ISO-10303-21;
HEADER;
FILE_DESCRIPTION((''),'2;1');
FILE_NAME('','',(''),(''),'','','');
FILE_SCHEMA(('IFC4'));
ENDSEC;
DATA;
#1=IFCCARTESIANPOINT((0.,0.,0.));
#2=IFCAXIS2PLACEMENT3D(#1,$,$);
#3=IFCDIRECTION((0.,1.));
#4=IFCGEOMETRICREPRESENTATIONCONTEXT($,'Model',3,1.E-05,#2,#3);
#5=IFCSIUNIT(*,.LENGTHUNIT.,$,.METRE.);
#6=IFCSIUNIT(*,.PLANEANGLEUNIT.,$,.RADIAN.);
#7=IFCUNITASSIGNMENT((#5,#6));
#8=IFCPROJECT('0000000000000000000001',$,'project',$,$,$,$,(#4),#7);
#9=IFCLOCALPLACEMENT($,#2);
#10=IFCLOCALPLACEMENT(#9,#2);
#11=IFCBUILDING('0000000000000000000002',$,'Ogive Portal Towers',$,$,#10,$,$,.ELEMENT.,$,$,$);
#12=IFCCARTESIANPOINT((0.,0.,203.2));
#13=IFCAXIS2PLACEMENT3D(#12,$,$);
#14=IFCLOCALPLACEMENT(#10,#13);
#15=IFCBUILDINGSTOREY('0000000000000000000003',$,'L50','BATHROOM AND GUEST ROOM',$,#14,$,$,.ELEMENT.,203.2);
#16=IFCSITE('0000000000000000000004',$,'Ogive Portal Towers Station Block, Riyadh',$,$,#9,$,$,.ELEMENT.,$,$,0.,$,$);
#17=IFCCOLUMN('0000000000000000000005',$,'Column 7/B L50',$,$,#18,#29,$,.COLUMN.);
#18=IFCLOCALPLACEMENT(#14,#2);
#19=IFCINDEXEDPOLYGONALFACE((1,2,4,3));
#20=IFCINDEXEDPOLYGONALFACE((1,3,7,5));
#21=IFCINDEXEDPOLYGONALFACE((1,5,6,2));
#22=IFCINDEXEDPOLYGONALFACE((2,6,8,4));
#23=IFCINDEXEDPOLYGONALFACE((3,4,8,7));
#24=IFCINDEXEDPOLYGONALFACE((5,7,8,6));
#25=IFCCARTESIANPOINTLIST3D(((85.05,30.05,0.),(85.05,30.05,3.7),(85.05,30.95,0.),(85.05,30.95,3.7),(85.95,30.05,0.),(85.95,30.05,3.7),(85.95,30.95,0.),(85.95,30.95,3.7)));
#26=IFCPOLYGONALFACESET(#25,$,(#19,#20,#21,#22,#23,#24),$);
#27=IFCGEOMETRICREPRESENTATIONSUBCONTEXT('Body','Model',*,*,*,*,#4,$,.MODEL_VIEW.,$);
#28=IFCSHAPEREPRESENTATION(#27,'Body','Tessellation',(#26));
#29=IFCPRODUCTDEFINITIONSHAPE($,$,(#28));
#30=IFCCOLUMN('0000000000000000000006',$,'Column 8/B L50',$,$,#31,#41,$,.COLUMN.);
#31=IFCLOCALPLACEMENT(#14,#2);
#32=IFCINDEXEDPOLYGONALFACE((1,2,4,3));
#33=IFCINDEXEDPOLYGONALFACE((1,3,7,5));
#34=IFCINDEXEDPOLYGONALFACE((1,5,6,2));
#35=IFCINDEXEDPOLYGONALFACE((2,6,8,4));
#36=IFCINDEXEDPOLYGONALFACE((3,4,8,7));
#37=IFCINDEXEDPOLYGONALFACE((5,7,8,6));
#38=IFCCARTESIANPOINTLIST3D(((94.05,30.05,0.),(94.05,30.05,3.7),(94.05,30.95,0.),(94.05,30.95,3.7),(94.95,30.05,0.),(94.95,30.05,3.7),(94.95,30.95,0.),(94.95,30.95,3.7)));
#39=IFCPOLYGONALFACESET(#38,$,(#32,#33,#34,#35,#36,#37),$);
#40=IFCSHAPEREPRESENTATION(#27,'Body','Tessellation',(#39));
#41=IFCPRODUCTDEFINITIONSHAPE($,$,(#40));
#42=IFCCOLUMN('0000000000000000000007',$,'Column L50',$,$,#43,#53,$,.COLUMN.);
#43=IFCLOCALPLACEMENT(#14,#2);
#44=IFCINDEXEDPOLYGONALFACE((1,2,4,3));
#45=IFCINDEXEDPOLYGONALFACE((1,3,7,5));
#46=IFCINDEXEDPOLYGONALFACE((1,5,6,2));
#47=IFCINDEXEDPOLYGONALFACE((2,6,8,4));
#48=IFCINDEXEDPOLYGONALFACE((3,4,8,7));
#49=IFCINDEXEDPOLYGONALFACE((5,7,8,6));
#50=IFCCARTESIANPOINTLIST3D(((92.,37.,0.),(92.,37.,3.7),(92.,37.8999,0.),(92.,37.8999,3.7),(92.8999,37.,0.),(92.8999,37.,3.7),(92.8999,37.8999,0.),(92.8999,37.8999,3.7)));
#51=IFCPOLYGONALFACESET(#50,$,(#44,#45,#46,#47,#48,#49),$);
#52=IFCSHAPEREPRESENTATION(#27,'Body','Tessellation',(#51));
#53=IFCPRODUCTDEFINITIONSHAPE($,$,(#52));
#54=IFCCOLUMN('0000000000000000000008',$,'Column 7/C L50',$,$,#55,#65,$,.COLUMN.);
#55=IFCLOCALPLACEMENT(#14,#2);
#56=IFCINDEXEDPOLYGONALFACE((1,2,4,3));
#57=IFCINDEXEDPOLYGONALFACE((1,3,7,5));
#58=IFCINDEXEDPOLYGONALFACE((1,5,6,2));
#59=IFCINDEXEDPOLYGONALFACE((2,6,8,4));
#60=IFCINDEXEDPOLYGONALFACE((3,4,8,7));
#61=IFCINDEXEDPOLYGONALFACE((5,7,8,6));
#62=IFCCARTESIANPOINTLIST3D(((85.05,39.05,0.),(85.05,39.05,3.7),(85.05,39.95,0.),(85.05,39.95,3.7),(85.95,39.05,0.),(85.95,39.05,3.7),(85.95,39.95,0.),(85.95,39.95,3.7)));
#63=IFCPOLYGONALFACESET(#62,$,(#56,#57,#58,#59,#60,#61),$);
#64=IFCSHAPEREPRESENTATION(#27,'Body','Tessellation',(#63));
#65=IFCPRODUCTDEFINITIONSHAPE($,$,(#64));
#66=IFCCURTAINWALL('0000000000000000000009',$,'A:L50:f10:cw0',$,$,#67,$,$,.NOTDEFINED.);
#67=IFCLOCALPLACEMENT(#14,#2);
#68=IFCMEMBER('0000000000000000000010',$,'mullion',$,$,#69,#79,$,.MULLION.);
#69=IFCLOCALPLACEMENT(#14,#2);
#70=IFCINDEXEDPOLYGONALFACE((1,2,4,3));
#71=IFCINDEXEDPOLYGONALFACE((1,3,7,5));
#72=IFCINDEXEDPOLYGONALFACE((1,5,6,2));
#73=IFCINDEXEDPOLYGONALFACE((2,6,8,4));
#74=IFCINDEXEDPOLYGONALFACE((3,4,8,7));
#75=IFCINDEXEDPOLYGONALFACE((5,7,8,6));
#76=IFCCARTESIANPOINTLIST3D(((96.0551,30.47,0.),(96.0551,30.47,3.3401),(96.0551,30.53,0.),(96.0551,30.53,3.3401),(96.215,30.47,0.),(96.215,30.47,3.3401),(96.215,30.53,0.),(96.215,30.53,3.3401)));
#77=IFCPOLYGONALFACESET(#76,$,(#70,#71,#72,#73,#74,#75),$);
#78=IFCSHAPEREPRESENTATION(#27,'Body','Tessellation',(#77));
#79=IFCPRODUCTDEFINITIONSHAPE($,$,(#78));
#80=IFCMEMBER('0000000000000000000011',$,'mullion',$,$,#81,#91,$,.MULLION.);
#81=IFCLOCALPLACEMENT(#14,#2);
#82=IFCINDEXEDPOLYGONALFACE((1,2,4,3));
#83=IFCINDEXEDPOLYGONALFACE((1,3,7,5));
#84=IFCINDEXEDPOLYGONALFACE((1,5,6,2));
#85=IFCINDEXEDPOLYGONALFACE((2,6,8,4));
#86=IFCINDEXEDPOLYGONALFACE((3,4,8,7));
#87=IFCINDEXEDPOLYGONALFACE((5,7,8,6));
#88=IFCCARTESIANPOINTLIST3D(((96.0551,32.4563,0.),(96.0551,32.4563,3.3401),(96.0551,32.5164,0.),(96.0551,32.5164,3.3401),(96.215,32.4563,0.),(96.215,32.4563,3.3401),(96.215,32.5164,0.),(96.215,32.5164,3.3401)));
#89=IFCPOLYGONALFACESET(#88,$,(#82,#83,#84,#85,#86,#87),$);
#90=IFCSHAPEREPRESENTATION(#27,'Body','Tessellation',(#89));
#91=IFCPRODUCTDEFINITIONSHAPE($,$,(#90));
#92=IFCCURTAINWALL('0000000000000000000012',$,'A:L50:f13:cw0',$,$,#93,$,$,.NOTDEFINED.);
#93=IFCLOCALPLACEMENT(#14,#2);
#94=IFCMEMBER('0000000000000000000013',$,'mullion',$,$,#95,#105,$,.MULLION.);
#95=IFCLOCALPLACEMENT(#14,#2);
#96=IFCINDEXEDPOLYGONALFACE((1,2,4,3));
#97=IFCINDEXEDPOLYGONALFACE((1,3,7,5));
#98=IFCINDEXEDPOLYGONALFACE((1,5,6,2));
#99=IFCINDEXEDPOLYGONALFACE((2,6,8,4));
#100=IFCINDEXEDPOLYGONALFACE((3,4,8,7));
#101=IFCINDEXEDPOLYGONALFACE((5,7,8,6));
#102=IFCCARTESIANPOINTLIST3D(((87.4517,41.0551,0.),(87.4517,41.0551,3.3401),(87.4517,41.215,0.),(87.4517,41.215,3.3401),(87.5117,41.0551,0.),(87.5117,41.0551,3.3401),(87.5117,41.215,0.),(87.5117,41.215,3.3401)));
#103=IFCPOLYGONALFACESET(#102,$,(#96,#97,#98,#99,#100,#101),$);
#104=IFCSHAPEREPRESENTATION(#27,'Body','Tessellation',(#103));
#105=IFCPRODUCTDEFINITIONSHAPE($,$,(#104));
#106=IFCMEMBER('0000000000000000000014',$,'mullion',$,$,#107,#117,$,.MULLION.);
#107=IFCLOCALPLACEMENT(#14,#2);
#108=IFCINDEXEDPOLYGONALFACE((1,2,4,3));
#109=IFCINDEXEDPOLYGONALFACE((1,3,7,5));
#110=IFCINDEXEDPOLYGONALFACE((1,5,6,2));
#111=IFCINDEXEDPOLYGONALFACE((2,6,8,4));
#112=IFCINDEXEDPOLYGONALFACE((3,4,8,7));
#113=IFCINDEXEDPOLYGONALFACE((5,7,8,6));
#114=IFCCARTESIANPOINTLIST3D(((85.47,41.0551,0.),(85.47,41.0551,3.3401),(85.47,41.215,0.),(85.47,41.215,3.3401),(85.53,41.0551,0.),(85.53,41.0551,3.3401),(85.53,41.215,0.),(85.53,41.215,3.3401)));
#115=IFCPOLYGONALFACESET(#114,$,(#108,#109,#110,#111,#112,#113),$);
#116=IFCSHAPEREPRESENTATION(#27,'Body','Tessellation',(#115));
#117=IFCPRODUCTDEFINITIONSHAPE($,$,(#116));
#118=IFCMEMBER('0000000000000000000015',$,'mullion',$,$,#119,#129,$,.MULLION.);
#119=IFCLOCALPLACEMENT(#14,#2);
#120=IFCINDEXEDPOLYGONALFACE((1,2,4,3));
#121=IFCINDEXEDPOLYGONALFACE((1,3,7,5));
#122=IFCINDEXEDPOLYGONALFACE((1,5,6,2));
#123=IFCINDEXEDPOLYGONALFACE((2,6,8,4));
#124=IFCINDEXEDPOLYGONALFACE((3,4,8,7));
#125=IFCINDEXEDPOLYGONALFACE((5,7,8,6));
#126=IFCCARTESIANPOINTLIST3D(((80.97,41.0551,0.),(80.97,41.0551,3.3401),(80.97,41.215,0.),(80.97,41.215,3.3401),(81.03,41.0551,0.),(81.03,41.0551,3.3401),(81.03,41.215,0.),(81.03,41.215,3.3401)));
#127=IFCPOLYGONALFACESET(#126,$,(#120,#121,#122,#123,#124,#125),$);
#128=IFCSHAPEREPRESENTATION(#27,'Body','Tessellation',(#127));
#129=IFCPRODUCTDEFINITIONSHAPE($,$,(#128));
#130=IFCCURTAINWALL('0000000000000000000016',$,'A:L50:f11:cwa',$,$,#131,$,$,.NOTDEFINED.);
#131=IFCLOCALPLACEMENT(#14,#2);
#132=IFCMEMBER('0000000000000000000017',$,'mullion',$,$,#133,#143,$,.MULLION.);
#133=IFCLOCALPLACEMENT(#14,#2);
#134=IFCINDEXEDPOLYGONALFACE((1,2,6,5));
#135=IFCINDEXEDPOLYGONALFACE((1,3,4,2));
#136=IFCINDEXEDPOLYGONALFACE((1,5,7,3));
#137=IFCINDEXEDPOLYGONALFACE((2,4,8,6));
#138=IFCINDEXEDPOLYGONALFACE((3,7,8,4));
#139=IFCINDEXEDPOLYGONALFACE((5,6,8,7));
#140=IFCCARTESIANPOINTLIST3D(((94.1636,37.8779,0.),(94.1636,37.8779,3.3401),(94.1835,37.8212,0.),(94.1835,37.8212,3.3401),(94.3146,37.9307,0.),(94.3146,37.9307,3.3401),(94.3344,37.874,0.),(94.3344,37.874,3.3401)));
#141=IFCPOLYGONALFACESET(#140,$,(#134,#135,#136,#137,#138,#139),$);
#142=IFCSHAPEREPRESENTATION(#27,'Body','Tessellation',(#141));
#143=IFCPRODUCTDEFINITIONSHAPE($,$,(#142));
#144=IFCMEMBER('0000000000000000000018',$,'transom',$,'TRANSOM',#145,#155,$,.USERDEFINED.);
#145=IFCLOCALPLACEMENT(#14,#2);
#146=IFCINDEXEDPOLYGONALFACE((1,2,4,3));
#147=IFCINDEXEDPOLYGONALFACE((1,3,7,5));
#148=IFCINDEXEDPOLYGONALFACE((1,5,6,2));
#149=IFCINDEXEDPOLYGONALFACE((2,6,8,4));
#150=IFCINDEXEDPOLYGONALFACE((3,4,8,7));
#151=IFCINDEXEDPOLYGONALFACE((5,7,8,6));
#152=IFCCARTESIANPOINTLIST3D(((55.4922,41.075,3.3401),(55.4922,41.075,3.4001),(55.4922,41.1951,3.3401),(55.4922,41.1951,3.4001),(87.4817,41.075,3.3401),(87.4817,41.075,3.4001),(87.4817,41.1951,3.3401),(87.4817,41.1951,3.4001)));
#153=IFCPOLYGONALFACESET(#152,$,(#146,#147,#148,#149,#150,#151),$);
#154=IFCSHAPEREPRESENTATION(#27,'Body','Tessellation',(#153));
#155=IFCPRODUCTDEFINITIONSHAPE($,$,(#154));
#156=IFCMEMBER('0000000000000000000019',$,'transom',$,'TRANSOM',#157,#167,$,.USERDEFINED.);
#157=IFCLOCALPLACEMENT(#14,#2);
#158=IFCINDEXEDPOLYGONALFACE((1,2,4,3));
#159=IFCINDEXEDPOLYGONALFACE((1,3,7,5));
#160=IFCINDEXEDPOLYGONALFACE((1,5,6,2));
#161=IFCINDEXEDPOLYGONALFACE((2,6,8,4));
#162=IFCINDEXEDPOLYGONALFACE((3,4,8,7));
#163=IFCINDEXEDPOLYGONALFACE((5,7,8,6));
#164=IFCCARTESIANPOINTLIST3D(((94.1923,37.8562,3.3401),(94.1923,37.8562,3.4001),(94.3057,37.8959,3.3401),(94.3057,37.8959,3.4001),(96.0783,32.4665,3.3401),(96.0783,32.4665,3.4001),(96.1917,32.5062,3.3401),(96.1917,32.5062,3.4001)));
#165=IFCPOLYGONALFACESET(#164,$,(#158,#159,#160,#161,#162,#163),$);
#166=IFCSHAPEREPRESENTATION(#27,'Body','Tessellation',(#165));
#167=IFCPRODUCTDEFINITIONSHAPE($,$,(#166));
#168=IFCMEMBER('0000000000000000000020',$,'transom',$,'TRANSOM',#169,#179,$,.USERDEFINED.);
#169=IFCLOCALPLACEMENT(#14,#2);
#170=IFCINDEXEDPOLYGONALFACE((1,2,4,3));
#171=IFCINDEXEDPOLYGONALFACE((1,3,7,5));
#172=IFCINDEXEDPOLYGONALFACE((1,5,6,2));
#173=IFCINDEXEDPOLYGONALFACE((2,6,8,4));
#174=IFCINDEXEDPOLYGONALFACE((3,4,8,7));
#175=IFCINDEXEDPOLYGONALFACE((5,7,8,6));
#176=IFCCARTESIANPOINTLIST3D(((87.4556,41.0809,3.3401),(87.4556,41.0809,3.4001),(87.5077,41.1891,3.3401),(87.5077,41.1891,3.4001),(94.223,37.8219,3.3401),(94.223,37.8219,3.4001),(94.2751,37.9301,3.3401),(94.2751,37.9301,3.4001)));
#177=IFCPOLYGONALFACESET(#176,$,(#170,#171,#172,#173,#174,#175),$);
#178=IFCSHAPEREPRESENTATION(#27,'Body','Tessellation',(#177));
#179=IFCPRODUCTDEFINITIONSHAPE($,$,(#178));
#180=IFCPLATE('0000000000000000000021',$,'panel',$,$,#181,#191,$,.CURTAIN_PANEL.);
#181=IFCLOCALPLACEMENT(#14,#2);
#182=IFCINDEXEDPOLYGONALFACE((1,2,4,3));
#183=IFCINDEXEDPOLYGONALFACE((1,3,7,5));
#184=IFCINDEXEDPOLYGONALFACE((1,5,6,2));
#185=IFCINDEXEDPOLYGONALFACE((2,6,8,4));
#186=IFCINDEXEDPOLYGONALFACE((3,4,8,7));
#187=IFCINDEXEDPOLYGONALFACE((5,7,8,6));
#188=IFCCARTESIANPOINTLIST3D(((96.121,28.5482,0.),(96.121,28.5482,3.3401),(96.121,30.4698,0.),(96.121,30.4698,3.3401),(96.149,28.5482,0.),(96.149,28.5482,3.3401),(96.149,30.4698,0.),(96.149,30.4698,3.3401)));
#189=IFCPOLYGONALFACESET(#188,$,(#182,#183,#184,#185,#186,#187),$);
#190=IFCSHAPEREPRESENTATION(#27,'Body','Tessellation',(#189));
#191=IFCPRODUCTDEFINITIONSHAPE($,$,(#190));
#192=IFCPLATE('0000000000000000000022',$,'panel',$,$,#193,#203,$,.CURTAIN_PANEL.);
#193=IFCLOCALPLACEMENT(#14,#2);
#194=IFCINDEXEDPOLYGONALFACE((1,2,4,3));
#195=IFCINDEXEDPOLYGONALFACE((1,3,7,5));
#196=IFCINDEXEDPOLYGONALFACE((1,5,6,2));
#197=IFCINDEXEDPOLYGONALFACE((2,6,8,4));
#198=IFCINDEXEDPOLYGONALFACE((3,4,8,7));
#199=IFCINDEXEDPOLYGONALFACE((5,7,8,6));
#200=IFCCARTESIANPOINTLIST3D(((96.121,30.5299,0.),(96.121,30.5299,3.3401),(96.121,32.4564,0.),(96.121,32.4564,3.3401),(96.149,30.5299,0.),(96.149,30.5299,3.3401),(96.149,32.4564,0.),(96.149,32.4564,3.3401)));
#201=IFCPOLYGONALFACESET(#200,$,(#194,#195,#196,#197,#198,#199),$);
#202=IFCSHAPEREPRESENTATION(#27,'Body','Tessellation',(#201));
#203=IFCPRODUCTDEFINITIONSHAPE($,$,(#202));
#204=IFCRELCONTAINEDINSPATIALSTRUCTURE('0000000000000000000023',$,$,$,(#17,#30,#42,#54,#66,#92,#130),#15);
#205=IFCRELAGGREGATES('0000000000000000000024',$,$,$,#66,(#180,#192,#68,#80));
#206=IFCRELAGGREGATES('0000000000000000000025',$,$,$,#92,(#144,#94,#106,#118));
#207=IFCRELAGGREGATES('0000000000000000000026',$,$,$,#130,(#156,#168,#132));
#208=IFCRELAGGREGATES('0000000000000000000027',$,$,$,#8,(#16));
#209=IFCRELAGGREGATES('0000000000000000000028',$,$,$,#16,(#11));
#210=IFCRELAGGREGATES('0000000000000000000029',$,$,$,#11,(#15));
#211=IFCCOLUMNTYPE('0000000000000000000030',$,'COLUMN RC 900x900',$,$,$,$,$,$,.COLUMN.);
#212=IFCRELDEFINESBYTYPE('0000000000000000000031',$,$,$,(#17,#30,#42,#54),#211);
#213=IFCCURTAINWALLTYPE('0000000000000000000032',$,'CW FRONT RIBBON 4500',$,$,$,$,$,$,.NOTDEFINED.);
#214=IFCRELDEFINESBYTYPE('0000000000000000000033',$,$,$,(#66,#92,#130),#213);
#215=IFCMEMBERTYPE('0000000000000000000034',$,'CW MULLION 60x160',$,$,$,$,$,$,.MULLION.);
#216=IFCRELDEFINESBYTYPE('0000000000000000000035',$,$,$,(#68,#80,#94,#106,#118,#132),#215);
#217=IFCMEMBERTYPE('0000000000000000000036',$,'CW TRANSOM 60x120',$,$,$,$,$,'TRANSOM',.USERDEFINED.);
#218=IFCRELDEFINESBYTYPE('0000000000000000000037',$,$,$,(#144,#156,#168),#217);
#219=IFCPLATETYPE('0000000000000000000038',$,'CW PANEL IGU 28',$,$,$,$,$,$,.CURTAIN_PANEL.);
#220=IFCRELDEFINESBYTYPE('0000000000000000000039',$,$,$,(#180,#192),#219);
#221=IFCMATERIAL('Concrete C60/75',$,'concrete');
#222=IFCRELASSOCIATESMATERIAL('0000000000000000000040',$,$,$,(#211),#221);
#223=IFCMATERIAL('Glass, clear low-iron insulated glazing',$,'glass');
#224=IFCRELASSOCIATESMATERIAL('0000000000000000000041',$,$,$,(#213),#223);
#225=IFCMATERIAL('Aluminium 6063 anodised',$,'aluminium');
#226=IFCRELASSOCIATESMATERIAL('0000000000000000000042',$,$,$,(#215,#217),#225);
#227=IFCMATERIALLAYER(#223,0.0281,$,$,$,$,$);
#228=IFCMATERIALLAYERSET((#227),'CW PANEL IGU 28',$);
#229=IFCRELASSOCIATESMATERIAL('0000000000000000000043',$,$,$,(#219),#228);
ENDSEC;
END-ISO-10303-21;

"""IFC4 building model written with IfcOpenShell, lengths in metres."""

from ifc_helpers import new_model, si_unit, direction, frame, origin, origin_2d, place, context, subcontext, project, spatial, rectangle, extrude, material, layer, layer_set, material_profile, profile_set, type_object, element, aggregate, save


model = new_model("IFC4")

# Units and contexts
model_context = context("Model", 3, precision=1e-05, world=origin(), true_north=direction((0.0, 1.0)))
body_context = subcontext(model_context, "Body", "Model", "MODEL_VIEW")
ifc_project = project(units=[si_unit("LENGTHUNIT", "METRE"), si_unit("PLANEANGLEUNIT", "RADIAN")], contexts=[model_context])

# Site, building, storey
site_placement = place(None, origin())
site = spatial("IfcSite", under=ifc_project, at=site_placement, Name="Ogive Portal Towers Station Block, Riyadh", CompositionType="ELEMENT", RefElevation=0.0)
building_placement = place(site_placement, origin())
building = spatial("IfcBuilding", under=site, at=building_placement, Name="Ogive Portal Towers", CompositionType="ELEMENT")
storey_placement = place(building_placement, frame((0.0, 0.0, 203.2)))
storey = spatial("IfcBuildingStorey", under=building, at=storey_placement, Name="L50", Description="BATHROOM AND GUEST ROOM", CompositionType="ELEMENT", Elevation=203.2)

# Columns
ifc_material_1 = material(Name="Concrete C60/75", Category="concrete")
ifc_material_profile_1 = material_profile(ifc_material_1, rectangle(XDim=0.8999, YDim=0.8999, at=origin_2d()), Name="RC 900x900")
ifc_profile_set_1 = profile_set([ifc_material_profile_1], Name="Concrete C60/75")
column_type = type_object("IfcColumnType", Name="COLUMN RC 900x900", PredefinedType="COLUMN", material=ifc_profile_set_1)
for number, where, z_axis, x_axis, name in (
    (1, (85.5, 30.5, 0.0), (0.0, 0.0, 1.0), (1.0, 0.0, 0.0), "Column 7/B L50"),
    (2, (94.5, 30.5, 0.0), (0.0, 0.0, 1.0), (1.0, 0.0, 0.0), "Column 8/B L50"),
    (3, (92.45, 37.45, 0.0), (0.0, 0.0, 1.0), (1.0, 0.0, 0.0), "Column L50"),
    (4, (85.5, 39.5, 0.0), (0.0, 0.0, 1.0), (1.0, 0.0, 0.0), "Column 7/C L50"),
):
    element("IfcColumn", number, at=place(storey_placement, frame(where, z_axis=z_axis, x_axis=x_axis)), inside=storey, type_object=column_type, Name=name, PredefinedType="COLUMN", context=body_context, shape_type="SweptSolid", body=[
        extrude(rectangle(XDim=0.8999, YDim=0.8999, at=origin_2d()), origin(), (0.0, 0.0, 1.0), 3.7),
    ])

# Curtain walls, members
ifc_material_2 = material(Name="Glass, clear low-iron insulated glazing", Category="glass")
curtain_wall_type = type_object("IfcCurtainWallType", Name="CW FRONT RIBBON 4500", PredefinedType="NOTDEFINED", material=ifc_material_2)
curtain_wall_1_placement = place(storey_placement, origin())
curtain_wall_1 = element("IfcCurtainWall", 5, at=curtain_wall_1_placement, inside=storey, type_object=curtain_wall_type, Name="A:L50:f10:cw0", PredefinedType="NOTDEFINED")
ifc_material_3 = material(Name="Aluminium 6063 anodised", Category="aluminium")
ifc_material_profile_2 = material_profile(ifc_material_3, rectangle(XDim=0.1599, YDim=0.0601, at=origin_2d()), Name="AL 60x160")
ifc_profile_set_2 = profile_set([ifc_material_profile_2], Name="Aluminium 6063 anodised")
member_type_1 = type_object("IfcMemberType", Name="CW MULLION 60x160", PredefinedType="MULLION", material=ifc_profile_set_2)
member_1_placement = place(storey_placement, frame((96.135, 30.5, 0.0), z_axis=(0.0, 0.0, 1.0), x_axis=(-1.0, 0.0, 0.0)))
member_1 = element("IfcMember", 6, at=member_1_placement, type_object=member_type_1, Name="mullion", PredefinedType="MULLION", context=body_context, shape_type="SweptSolid", body=[
    extrude(rectangle(XDim=0.1599, YDim=0.0601, at=origin_2d()), origin(), (0.0, 0.0, 1.0), 3.3401),
])
member_2_placement = place(storey_placement, frame((96.135, 32.4863, 0.0), z_axis=(0.0, 0.0, 1.0), x_axis=(-1.0, 0.0, 0.0)))
member_2 = element("IfcMember", 7, at=member_2_placement, type_object=member_type_1, Name="mullion", PredefinedType="MULLION", context=body_context, shape_type="SweptSolid", body=[
    extrude(rectangle(XDim=0.1599, YDim=0.0601, at=origin_2d()), origin(), (0.0, 0.0, 1.0), 3.3401),
])
curtain_wall_2_placement = place(storey_placement, origin())
curtain_wall_2 = element("IfcCurtainWall", 8, at=curtain_wall_2_placement, inside=storey, type_object=curtain_wall_type, Name="A:L50:f13:cw0", PredefinedType="NOTDEFINED")
member_3_placement = place(storey_placement, frame((87.4817, 41.135, 0.0), z_axis=(0.0, 0.0, 1.0), x_axis=(0.0, -1.0, 0.0)))
member_3 = element("IfcMember", 9, at=member_3_placement, type_object=member_type_1, Name="mullion", PredefinedType="MULLION", context=body_context, shape_type="SweptSolid", body=[
    extrude(rectangle(XDim=0.1599, YDim=0.0601, at=origin_2d()), origin(), (0.0, 0.0, 1.0), 3.3401),
])
member_4_placement = place(storey_placement, frame((85.5, 41.135, 0.0), z_axis=(0.0, 0.0, 1.0), x_axis=(0.0, -1.0, 0.0)))
member_4 = element("IfcMember", 10, at=member_4_placement, type_object=member_type_1, Name="mullion", PredefinedType="MULLION", context=body_context, shape_type="SweptSolid", body=[
    extrude(rectangle(XDim=0.1599, YDim=0.0601, at=origin_2d()), origin(), (0.0, 0.0, 1.0), 3.3401),
])
member_5_placement = place(storey_placement, frame((81.0, 41.135, 0.0), z_axis=(0.0, 0.0, 1.0), x_axis=(0.0, -1.0, 0.0)))
member_5 = element("IfcMember", 11, at=member_5_placement, type_object=member_type_1, Name="mullion", PredefinedType="MULLION", context=body_context, shape_type="SweptSolid", body=[
    extrude(rectangle(XDim=0.1599, YDim=0.0601, at=origin_2d()), origin(), (0.0, 0.0, 1.0), 3.3401),
])

# Curtain wall, member
curtain_wall_3_placement = place(storey_placement, origin())
curtain_wall_3 = element("IfcCurtainWall", 12, at=curtain_wall_3_placement, inside=storey, type_object=curtain_wall_type, Name="A:L50:f11:cwa", PredefinedType="NOTDEFINED")
member_6_placement = place(storey_placement, frame((94.249, 37.876, 0.0), z_axis=(0.0, 0.0, 1.0), x_axis=(-0.943883, -0.330279, 0.0)))
member_6 = element("IfcMember", 13, at=member_6_placement, type_object=member_type_1, Name="mullion", PredefinedType="MULLION", context=body_context, shape_type="SweptSolid", body=[
    extrude(rectangle(XDim=0.1599, YDim=0.0601, at=origin_2d()), origin(), (0.0, 0.0, 1.0), 3.3401),
])

# Members
ifc_material_profile_3 = material_profile(ifc_material_3, rectangle(XDim=0.1201, YDim=0.0601, at=origin_2d()), Name="AL 120x60")
ifc_profile_set_3 = profile_set([ifc_material_profile_3], Name="Aluminium 6063 anodised")
member_type_2 = type_object("IfcMemberType", Name="CW TRANSOM 60x120", ElementType="TRANSOM", PredefinedType="USERDEFINED", material=ifc_profile_set_3)
member_7_placement = place(storey_placement, frame((87.4817, 41.135, 3.3701), z_axis=(-1.0, 0.0, 0.0), x_axis=(0.0, -1.0, 0.0)))
member_7 = element("IfcMember", 14, at=member_7_placement, type_object=member_type_2, Name="transom", ObjectType="TRANSOM", PredefinedType="USERDEFINED", context=body_context, shape_type="SweptSolid", body=[
    extrude(rectangle(XDim=0.1201, YDim=0.0601, at=origin_2d()), origin(), (0.0, 0.0, 1.0), 31.9895),
])
member_8_placement = place(storey_placement, frame((96.135, 32.4863, 3.3701), z_axis=(-0.330289, 0.94388, 0.0), x_axis=(-0.94388, -0.330289, 0.0)))
member_8 = element("IfcMember", 15, at=member_8_placement, type_object=member_type_2, Name="transom", ObjectType="TRANSOM", PredefinedType="USERDEFINED", context=body_context, shape_type="SweptSolid", body=[
    extrude(rectangle(XDim=0.1201, YDim=0.0601, at=origin_2d()), origin(), (0.0, 0.0, 1.0), 5.7102),
])
member_9_placement = place(storey_placement, frame((94.249, 37.876, 3.3701), z_axis=(-0.900966, 0.43389, 0.0), x_axis=(-0.43389, -0.900966, 0.0)))
member_9 = element("IfcMember", 16, at=member_9_placement, type_object=member_type_2, Name="transom", ObjectType="TRANSOM", PredefinedType="USERDEFINED", context=body_context, shape_type="SweptSolid", body=[
    extrude(rectangle(XDim=0.1201, YDim=0.0601, at=origin_2d()), origin(), (0.0, 0.0, 1.0), 7.5112),
])

# Plates
ifc_layer_1 = layer(ifc_material_2, 0.0281)
ifc_layer_set_1 = layer_set([ifc_layer_1], Name="CW PANEL IGU 28")
plate_type = type_object("IfcPlateType", Name="CW PANEL IGU 28", PredefinedType="CURTAIN_PANEL", material=ifc_layer_set_1)
plate_1_placement = place(storey_placement, frame((96.135, 29.509, 0.0), z_axis=(0.0, 0.0, 1.0), x_axis=(0.0, 1.0, 0.0)))
plate_1 = element("IfcPlate", 17, at=plate_1_placement, type_object=plate_type, Name="panel", PredefinedType="CURTAIN_PANEL", context=body_context, shape_type="SweptSolid", body=[
    extrude(rectangle(XDim=1.9216, YDim=0.0281, at=origin_2d()), origin(), (0.0, 0.0, 1.0), 3.3401),
])
plate_2_placement = place(storey_placement, frame((96.135, 31.4932, 0.0), z_axis=(0.0, 0.0, 1.0), x_axis=(0.0, 1.0, 0.0)))
plate_2 = element("IfcPlate", 18, at=plate_2_placement, type_object=plate_type, Name="panel", PredefinedType="CURTAIN_PANEL", context=body_context, shape_type="SweptSolid", body=[
    extrude(rectangle(XDim=1.9265, YDim=0.0281, at=origin_2d()), origin(), (0.0, 0.0, 1.0), 3.3401),
])
aggregate(curtain_wall_1, [plate_1, plate_2, member_1, member_2])
aggregate(curtain_wall_2, [member_7, member_3, member_4, member_5])
aggregate(curtain_wall_3, [member_8, member_9, member_6])

save(model, "model.ifc")
